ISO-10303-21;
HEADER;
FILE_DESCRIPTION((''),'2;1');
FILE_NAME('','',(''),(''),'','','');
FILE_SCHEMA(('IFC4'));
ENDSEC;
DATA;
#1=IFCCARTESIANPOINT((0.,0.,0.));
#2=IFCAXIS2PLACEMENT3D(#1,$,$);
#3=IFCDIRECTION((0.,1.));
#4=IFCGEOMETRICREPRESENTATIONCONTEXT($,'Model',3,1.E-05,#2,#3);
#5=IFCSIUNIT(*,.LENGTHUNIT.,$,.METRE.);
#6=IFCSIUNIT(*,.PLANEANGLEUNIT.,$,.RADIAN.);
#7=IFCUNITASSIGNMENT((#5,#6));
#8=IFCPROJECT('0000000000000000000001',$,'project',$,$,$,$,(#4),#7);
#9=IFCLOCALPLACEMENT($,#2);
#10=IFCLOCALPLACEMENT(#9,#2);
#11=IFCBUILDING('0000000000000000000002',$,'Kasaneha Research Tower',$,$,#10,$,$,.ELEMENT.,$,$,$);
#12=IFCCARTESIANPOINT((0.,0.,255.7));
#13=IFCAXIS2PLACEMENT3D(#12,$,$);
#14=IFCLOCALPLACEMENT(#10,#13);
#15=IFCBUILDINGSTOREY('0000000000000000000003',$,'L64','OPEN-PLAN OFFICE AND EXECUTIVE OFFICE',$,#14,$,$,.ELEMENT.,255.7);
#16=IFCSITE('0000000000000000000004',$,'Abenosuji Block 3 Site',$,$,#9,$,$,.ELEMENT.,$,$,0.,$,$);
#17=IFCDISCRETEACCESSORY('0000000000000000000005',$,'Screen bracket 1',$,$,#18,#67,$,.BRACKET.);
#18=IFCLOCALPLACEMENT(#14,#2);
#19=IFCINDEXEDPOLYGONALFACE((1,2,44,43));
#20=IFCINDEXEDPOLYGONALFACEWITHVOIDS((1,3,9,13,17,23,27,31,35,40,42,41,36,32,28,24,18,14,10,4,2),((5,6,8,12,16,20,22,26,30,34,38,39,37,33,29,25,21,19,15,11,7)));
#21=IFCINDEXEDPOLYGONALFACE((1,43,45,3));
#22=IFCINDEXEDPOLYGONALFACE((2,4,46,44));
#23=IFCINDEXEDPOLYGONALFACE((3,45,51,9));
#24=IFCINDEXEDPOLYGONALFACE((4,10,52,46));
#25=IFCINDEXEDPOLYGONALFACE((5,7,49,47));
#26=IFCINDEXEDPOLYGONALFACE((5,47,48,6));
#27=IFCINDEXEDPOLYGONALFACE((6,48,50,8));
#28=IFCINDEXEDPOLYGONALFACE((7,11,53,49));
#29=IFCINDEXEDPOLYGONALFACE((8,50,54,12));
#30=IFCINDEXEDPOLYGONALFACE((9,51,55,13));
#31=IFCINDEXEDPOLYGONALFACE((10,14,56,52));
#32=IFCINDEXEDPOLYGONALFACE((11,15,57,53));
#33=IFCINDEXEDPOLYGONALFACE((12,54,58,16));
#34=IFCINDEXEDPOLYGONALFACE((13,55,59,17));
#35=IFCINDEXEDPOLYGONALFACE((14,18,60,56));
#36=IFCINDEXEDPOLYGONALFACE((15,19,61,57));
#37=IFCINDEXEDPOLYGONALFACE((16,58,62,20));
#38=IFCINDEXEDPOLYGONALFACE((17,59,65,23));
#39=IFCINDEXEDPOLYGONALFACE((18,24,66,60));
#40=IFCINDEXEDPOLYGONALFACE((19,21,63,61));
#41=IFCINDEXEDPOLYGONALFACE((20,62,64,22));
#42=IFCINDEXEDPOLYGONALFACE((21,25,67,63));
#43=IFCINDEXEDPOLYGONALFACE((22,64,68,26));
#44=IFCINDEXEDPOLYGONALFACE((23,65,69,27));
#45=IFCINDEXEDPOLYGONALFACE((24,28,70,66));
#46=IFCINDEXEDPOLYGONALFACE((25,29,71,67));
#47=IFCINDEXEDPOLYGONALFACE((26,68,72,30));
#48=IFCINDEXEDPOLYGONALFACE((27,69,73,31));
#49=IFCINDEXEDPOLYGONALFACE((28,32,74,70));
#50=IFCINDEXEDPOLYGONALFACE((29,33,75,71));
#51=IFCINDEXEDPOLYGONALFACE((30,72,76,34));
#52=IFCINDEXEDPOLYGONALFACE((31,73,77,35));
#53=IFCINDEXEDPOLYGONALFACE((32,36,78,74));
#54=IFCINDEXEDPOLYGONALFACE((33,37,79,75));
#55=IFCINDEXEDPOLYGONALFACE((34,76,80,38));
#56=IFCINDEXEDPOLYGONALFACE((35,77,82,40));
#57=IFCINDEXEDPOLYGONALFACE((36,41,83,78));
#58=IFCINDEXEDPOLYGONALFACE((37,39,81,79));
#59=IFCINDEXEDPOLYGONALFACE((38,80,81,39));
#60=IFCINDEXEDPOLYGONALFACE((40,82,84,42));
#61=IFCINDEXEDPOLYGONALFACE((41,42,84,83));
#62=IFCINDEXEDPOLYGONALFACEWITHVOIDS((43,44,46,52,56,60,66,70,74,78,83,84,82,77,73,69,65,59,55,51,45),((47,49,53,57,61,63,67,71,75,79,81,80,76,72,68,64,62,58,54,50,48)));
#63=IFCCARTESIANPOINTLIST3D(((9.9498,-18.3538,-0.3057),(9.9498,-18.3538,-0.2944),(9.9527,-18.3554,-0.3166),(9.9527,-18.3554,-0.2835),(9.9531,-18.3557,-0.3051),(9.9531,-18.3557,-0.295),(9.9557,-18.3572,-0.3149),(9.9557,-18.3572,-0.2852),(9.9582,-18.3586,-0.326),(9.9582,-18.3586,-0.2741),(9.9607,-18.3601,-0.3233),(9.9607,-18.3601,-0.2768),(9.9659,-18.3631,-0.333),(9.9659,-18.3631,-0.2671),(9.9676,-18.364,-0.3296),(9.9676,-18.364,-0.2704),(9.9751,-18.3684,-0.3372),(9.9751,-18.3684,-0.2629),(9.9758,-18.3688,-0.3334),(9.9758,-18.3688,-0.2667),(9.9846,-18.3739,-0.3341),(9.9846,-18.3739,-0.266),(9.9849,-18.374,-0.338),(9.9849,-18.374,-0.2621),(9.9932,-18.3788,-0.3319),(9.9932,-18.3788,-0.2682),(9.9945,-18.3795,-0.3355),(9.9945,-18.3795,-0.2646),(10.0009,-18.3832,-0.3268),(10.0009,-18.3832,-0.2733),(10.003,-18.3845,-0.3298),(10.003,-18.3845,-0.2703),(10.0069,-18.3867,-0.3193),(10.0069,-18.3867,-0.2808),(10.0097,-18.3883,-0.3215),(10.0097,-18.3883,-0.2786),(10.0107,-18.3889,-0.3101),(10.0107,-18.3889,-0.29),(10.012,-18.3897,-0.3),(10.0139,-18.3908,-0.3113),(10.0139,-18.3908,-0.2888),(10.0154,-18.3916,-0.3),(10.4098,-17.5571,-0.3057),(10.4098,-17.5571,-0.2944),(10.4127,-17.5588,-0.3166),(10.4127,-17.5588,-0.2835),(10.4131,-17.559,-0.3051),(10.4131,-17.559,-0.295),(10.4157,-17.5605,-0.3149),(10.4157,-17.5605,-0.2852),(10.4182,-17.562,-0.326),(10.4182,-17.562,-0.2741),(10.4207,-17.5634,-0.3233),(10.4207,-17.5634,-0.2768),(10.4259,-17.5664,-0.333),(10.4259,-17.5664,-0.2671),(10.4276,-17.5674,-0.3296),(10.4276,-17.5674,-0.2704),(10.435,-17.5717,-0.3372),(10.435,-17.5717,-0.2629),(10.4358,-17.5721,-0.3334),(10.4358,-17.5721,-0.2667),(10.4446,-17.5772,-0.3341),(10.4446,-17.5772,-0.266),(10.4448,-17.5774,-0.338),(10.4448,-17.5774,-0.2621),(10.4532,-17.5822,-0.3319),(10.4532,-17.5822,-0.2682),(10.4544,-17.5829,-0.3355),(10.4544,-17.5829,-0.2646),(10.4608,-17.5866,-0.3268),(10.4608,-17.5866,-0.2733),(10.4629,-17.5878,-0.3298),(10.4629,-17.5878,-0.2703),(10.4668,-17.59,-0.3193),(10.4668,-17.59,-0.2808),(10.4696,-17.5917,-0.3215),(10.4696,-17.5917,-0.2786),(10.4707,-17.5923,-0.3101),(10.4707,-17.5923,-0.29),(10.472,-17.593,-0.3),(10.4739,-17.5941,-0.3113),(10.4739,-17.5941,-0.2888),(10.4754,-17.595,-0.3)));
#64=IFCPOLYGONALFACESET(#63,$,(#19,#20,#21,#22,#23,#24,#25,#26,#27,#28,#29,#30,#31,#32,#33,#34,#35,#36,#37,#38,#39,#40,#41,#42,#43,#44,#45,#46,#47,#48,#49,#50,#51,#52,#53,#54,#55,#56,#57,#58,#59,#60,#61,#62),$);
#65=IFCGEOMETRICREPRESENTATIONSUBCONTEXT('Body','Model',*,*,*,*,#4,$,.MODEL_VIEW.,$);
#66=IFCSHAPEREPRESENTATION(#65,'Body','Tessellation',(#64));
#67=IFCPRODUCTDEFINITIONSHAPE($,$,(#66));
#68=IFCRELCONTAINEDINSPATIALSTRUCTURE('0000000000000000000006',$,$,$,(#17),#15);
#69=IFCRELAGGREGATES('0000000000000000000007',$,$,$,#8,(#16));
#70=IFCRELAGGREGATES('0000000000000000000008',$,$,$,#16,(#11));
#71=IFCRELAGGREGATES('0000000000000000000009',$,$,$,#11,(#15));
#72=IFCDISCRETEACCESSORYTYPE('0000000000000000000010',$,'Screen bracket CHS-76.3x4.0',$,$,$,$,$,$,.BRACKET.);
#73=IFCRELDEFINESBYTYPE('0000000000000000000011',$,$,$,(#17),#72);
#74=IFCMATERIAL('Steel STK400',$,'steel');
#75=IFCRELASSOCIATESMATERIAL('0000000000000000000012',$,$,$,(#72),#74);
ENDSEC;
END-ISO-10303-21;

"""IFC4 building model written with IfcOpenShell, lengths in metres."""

from ifc_helpers import new_model, si_unit, direction, frame, origin, origin_2d, place, context, subcontext, project, spatial, hollow_circle, extrude, material, material_profile, profile_set, type_object, element, save


model = new_model("IFC4")

# Units and contexts
model_context = context("Model", 3, precision=1e-05, world=origin(), true_north=direction((0.0, 1.0)))
body_context = subcontext(model_context, "Body", "Model", "MODEL_VIEW")
ifc_project = project(units=[si_unit("LENGTHUNIT", "METRE"), si_unit("PLANEANGLEUNIT", "RADIAN")], contexts=[model_context])

# Site, building, storey
site_placement = place(None, origin())
site = spatial("IfcSite", under=ifc_project, at=site_placement, Name="Abenosuji Block 3 Site", CompositionType="ELEMENT", RefElevation=0.0)
building_placement = place(site_placement, origin())
building = spatial("IfcBuilding", under=site, at=building_placement, Name="Kasaneha Research Tower", CompositionType="ELEMENT")
storey_placement = place(building_placement, frame((0.0, 0.0, 255.7)))
storey = spatial("IfcBuildingStorey", under=building, at=storey_placement, Name="L64", Description="OPEN-PLAN OFFICE AND EXECUTIVE OFFICE", CompositionType="ELEMENT", Elevation=255.7)

# Discrete accessory
ifc_material_1 = material(Name="Steel STK400", Category="steel")
ifc_material_profile_1 = material_profile(ifc_material_1, hollow_circle(Radius=0.0381, WallThickness=0.0039, at=origin_2d()), Name="CHS-76.3x4.0")
ifc_profile_set_1 = profile_set([ifc_material_profile_1], Name="Steel STK400")
discrete_accessory_type = type_object("IfcDiscreteAccessoryType", Name="Screen bracket CHS-76.3x4.0", PredefinedType="BRACKET", material=ifc_profile_set_1)
for number, where, z_axis, x_axis, name in (
    (1, (10.4424, -17.5759, -0.3), (-0.500021, -0.866013, 0.0), (0.866013, -0.500021, 0.0), "Screen bracket 1"),
):
    element("IfcDiscreteAccessory", number, at=place(storey_placement, frame(where, z_axis=z_axis, x_axis=x_axis)), inside=storey, type_object=discrete_accessory_type, Name=name, PredefinedType="BRACKET", context=body_context, shape_type="SweptSolid", body=[
        extrude(hollow_circle(Radius=0.0381, WallThickness=0.0039, at=origin_2d()), origin(), (0.0, 0.0, 1.0), 0.9199),
    ])

save(model, "model.ifc")
